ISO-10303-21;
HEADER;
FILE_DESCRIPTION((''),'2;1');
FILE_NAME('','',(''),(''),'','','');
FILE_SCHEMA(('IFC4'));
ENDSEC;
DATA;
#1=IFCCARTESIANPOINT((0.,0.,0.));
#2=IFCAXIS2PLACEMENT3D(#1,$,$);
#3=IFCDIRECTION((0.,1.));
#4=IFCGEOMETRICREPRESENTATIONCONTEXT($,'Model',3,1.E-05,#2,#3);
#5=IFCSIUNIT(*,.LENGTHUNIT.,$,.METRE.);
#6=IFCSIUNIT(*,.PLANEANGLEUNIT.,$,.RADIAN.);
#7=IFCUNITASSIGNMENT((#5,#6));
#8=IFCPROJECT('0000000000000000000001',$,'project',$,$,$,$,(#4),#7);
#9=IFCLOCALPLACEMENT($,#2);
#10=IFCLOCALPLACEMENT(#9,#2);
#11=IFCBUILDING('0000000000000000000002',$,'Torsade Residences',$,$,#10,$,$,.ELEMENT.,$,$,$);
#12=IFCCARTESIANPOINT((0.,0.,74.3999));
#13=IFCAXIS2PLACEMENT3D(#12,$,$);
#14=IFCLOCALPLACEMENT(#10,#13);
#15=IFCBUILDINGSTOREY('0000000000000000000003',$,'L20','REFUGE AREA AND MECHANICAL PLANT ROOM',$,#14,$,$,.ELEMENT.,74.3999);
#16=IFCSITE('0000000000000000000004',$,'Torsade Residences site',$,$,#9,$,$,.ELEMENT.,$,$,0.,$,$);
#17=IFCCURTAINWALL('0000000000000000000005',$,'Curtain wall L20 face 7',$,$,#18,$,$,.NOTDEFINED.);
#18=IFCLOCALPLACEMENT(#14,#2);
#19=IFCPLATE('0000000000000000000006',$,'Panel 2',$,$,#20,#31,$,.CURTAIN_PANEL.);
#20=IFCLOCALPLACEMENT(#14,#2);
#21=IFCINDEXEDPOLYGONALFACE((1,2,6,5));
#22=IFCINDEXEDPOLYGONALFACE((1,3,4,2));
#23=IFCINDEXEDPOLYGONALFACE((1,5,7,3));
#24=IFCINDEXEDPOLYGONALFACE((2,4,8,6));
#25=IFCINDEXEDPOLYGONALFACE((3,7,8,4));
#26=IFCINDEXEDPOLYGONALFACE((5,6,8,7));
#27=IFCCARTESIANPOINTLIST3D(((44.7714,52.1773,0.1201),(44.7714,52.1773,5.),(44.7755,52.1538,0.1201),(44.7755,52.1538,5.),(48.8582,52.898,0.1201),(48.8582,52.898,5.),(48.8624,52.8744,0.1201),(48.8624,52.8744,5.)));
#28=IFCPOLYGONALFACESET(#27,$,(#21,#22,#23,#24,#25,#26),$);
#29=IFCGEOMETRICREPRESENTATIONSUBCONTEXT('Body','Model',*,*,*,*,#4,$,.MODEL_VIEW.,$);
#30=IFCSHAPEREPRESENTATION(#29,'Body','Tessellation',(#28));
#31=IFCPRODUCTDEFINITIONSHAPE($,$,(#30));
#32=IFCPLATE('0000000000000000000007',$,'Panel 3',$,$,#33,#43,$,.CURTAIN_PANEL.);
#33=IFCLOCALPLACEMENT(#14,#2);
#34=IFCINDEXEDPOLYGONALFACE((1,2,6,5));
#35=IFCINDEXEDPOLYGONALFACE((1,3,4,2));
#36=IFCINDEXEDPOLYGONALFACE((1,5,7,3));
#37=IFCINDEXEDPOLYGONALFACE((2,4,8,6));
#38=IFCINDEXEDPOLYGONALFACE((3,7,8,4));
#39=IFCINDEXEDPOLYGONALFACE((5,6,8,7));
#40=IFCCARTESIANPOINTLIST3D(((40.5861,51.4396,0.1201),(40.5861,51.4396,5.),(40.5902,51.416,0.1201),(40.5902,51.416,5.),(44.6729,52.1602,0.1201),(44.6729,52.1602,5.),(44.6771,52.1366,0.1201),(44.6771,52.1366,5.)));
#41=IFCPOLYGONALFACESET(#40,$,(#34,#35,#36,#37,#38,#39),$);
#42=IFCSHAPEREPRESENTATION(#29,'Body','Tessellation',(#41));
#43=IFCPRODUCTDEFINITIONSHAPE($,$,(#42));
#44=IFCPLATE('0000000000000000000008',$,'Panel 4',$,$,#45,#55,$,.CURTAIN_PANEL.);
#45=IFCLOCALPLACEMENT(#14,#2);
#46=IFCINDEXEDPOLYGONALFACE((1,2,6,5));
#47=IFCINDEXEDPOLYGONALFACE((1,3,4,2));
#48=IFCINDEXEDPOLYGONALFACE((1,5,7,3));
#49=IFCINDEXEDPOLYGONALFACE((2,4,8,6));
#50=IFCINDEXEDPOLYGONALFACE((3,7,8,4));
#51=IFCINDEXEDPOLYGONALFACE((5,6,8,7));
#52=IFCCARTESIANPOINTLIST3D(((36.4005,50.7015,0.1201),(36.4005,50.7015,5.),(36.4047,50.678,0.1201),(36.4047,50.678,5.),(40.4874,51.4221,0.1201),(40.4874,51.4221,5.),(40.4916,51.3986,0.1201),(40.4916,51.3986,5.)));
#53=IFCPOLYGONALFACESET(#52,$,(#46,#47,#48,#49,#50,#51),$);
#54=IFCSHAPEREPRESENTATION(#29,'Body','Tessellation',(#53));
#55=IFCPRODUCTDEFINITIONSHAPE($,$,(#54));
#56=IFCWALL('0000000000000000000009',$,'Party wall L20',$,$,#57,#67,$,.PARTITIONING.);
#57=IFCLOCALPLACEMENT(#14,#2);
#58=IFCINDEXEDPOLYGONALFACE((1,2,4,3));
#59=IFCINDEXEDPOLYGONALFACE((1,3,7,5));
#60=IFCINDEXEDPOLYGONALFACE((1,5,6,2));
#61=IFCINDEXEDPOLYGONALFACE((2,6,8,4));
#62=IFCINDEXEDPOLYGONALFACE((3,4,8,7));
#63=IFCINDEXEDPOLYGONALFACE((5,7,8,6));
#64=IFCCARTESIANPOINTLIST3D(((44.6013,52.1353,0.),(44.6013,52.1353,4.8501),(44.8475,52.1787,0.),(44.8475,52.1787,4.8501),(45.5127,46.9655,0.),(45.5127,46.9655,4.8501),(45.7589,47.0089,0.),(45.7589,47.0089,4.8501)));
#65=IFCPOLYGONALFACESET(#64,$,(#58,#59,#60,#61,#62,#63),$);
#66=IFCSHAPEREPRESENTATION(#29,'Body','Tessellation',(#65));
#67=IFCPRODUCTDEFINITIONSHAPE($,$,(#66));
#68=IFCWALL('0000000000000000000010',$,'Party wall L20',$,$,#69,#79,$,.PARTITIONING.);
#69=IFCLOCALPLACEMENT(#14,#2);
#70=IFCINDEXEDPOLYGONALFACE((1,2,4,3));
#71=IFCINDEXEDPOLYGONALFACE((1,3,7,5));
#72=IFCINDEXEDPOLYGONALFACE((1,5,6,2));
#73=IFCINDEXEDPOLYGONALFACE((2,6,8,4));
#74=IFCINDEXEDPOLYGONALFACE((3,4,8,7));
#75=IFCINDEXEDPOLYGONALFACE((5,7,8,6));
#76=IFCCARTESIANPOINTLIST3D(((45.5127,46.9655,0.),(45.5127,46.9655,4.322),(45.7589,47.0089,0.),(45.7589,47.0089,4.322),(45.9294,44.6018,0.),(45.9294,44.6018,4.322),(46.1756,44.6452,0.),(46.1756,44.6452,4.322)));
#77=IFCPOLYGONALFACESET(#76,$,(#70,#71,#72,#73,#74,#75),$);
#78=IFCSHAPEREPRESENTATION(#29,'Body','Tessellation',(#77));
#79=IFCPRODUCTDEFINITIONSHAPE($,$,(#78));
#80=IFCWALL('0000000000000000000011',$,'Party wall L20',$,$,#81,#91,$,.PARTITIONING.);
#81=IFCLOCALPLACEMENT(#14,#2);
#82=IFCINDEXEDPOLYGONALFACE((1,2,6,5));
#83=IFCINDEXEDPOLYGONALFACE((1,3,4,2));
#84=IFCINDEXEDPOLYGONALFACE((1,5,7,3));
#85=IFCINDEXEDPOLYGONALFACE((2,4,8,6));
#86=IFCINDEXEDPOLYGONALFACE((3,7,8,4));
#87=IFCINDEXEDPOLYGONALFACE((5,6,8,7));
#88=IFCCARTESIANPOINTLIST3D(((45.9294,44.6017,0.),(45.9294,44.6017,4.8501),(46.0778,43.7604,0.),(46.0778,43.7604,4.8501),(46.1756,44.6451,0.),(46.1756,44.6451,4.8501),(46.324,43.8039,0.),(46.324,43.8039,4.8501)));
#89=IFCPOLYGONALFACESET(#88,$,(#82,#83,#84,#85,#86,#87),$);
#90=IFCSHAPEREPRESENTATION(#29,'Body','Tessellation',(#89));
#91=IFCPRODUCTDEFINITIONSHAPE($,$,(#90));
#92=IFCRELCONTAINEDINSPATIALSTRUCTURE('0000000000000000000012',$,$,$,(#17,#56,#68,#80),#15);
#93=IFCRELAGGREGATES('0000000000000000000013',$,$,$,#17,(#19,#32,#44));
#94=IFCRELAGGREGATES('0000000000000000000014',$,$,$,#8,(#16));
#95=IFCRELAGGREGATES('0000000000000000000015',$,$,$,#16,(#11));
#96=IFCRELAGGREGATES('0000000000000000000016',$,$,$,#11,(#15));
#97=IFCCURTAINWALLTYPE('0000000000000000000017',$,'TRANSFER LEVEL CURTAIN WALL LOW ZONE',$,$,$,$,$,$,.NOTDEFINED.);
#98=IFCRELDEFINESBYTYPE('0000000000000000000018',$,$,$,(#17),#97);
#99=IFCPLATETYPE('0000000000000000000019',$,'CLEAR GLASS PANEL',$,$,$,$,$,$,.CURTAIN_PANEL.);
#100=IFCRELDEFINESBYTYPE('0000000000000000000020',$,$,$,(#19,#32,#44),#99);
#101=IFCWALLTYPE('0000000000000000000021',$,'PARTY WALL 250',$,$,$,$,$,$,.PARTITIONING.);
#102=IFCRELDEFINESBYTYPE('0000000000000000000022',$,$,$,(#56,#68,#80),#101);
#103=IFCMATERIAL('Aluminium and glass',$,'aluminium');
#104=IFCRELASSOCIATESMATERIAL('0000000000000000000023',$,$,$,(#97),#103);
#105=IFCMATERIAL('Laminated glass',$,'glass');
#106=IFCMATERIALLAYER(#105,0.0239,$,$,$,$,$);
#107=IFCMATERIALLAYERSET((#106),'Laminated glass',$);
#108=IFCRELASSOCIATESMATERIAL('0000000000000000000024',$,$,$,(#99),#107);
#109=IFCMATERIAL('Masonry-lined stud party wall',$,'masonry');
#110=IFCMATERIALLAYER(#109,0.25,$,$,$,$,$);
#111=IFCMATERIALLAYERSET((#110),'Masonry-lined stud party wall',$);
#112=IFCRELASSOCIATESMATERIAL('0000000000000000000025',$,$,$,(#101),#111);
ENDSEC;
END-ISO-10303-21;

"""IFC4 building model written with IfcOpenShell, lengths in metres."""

from ifc_helpers import new_model, si_unit, direction, frame, frame_2d, origin, origin_2d, place, context, subcontext, project, spatial, rectangle, extrude, material, layer, layer_set, type_object, element, aggregate, save


model = new_model("IFC4")

# Units and contexts
model_context = context("Model", 3, precision=1e-05, world=origin(), true_north=direction((0.0, 1.0)))
body_context = subcontext(model_context, "Body", "Model", "MODEL_VIEW")
ifc_project = project(units=[si_unit("LENGTHUNIT", "METRE"), si_unit("PLANEANGLEUNIT", "RADIAN")], contexts=[model_context])

# Site, building, storey
site_placement = place(None, origin())
site = spatial("IfcSite", under=ifc_project, at=site_placement, Name="Torsade Residences site", CompositionType="ELEMENT", RefElevation=0.0)
building_placement = place(site_placement, origin())
building = spatial("IfcBuilding", under=site, at=building_placement, Name="Torsade Residences", CompositionType="ELEMENT")
storey_placement = place(building_placement, frame((0.0, 0.0, 74.3999)))
storey = spatial("IfcBuildingStorey", under=building, at=storey_placement, Name="L20", Description="REFUGE AREA AND MECHANICAL PLANT ROOM", CompositionType="ELEMENT", Elevation=74.3999)

# Curtain wall
ifc_material_1 = material(Name="Aluminium and glass", Category="aluminium")
curtain_wall_type = type_object("IfcCurtainWallType", Name="TRANSFER LEVEL CURTAIN WALL LOW ZONE", PredefinedType="NOTDEFINED", material=ifc_material_1)
curtain_wall_placement = place(storey_placement, origin())
curtain_wall = element("IfcCurtainWall", 1, at=curtain_wall_placement, inside=storey, type_object=curtain_wall_type, Name="Curtain wall L20 face 7", PredefinedType="NOTDEFINED")

# Plates
ifc_material_2 = material(Name="Laminated glass", Category="glass")
ifc_layer_1 = layer(ifc_material_2, 0.0239)
ifc_layer_set_1 = layer_set([ifc_layer_1], Name="Laminated glass")
plate_type = type_object("IfcPlateType", Name="CLEAR GLASS PANEL", PredefinedType="CURTAIN_PANEL", material=ifc_layer_set_1)
plate_1_placement = place(storey_placement, frame((46.8169, 52.5259, 0.1201), z_axis=(0.0, 0.0, 1.0), x_axis=(-0.984808, -0.173648, 0.0)))
plate_1 = element("IfcPlate", 2, at=plate_1_placement, type_object=plate_type, Name="Panel 2", PredefinedType="CURTAIN_PANEL", context=body_context, shape_type="SweptSolid", body=[
    extrude(rectangle(XDim=4.1499, YDim=0.0239, at=origin_2d()), origin(), (0.0, 0.0, 1.0), 4.8799),
])
plate_2_placement = place(storey_placement, frame((42.6316, 51.7881, 0.1201), z_axis=(0.0, 0.0, 1.0), x_axis=(-0.984808, -0.173648, 0.0)))
plate_2 = element("IfcPlate", 3, at=plate_2_placement, type_object=plate_type, Name="Panel 3", PredefinedType="CURTAIN_PANEL", context=body_context, shape_type="SweptSolid", body=[
    extrude(rectangle(XDim=4.1499, YDim=0.0239, at=origin_2d()), origin(), (0.0, 0.0, 1.0), 4.8799),
])
plate_3_placement = place(storey_placement, frame((38.446, 51.05, 0.1201), z_axis=(0.0, 0.0, 1.0), x_axis=(-0.984808, -0.173648, 0.0)))
plate_3 = element("IfcPlate", 4, at=plate_3_placement, type_object=plate_type, Name="Panel 4", PredefinedType="CURTAIN_PANEL", context=body_context, shape_type="SweptSolid", body=[
    extrude(rectangle(XDim=4.1499, YDim=0.0239, at=origin_2d()), origin(), (0.0, 0.0, 1.0), 4.8799),
])
aggregate(curtain_wall, [plate_1, plate_2, plate_3])

# Walls
ifc_material_3 = material(Name="Masonry-lined stud party wall", Category="masonry")
ifc_layer_2 = layer(ifc_material_3, 0.25)
ifc_layer_set_2 = layer_set([ifc_layer_2], Name="Masonry-lined stud party wall")
wall_type = type_object("IfcWallType", Name="PARTY WALL 250", PredefinedType="PARTITIONING", material=ifc_layer_set_2)
wall_1_placement = place(storey_placement, frame((44.7244, 52.157, 0.0), z_axis=(0.0, 0.0, 1.0), x_axis=(0.173616, -0.984814, 0.0)))
element("IfcWall", 5, at=wall_1_placement, inside=storey, type_object=wall_type, Name="Party wall L20", PredefinedType="PARTITIONING", context=body_context, shape_type="SweptSolid", body=[
    extrude(rectangle(XDim=5.2495, YDim=0.25, at=frame_2d((2.6248, 0.0))), origin(), (0.0, 0.0, 1.0), 4.8501),
])
wall_2_placement = place(storey_placement, frame((45.6357, 46.9873, 0.0), z_axis=(0.0, 0.0, 1.0), x_axis=(0.173629, -0.984811, 0.0)))
element("IfcWall", 6, at=wall_2_placement, inside=storey, type_object=wall_type, Name="Party wall L20", PredefinedType="PARTITIONING", context=body_context, shape_type="SweptSolid", body=[
    extrude(rectangle(XDim=2.4001, YDim=0.25, at=frame_2d((1.2002, 0.0))), origin(), (0.0, 0.0, 1.0), 4.322),
])
wall_3_placement = place(storey_placement, frame((46.0525, 44.6235, 0.0), z_axis=(0.0, 0.0, 1.0), x_axis=(0.173753, -0.984789, 0.0)))
element("IfcWall", 7, at=wall_3_placement, inside=storey, type_object=wall_type, Name="Party wall L20", PredefinedType="PARTITIONING", context=body_context, shape_type="SweptSolid", body=[
    extrude(rectangle(XDim=0.8542, YDim=0.25, at=frame_2d((0.4272, 0.0))), origin(), (0.0, 0.0, 1.0), 4.8501),
])

save(model, "model.ifc")
